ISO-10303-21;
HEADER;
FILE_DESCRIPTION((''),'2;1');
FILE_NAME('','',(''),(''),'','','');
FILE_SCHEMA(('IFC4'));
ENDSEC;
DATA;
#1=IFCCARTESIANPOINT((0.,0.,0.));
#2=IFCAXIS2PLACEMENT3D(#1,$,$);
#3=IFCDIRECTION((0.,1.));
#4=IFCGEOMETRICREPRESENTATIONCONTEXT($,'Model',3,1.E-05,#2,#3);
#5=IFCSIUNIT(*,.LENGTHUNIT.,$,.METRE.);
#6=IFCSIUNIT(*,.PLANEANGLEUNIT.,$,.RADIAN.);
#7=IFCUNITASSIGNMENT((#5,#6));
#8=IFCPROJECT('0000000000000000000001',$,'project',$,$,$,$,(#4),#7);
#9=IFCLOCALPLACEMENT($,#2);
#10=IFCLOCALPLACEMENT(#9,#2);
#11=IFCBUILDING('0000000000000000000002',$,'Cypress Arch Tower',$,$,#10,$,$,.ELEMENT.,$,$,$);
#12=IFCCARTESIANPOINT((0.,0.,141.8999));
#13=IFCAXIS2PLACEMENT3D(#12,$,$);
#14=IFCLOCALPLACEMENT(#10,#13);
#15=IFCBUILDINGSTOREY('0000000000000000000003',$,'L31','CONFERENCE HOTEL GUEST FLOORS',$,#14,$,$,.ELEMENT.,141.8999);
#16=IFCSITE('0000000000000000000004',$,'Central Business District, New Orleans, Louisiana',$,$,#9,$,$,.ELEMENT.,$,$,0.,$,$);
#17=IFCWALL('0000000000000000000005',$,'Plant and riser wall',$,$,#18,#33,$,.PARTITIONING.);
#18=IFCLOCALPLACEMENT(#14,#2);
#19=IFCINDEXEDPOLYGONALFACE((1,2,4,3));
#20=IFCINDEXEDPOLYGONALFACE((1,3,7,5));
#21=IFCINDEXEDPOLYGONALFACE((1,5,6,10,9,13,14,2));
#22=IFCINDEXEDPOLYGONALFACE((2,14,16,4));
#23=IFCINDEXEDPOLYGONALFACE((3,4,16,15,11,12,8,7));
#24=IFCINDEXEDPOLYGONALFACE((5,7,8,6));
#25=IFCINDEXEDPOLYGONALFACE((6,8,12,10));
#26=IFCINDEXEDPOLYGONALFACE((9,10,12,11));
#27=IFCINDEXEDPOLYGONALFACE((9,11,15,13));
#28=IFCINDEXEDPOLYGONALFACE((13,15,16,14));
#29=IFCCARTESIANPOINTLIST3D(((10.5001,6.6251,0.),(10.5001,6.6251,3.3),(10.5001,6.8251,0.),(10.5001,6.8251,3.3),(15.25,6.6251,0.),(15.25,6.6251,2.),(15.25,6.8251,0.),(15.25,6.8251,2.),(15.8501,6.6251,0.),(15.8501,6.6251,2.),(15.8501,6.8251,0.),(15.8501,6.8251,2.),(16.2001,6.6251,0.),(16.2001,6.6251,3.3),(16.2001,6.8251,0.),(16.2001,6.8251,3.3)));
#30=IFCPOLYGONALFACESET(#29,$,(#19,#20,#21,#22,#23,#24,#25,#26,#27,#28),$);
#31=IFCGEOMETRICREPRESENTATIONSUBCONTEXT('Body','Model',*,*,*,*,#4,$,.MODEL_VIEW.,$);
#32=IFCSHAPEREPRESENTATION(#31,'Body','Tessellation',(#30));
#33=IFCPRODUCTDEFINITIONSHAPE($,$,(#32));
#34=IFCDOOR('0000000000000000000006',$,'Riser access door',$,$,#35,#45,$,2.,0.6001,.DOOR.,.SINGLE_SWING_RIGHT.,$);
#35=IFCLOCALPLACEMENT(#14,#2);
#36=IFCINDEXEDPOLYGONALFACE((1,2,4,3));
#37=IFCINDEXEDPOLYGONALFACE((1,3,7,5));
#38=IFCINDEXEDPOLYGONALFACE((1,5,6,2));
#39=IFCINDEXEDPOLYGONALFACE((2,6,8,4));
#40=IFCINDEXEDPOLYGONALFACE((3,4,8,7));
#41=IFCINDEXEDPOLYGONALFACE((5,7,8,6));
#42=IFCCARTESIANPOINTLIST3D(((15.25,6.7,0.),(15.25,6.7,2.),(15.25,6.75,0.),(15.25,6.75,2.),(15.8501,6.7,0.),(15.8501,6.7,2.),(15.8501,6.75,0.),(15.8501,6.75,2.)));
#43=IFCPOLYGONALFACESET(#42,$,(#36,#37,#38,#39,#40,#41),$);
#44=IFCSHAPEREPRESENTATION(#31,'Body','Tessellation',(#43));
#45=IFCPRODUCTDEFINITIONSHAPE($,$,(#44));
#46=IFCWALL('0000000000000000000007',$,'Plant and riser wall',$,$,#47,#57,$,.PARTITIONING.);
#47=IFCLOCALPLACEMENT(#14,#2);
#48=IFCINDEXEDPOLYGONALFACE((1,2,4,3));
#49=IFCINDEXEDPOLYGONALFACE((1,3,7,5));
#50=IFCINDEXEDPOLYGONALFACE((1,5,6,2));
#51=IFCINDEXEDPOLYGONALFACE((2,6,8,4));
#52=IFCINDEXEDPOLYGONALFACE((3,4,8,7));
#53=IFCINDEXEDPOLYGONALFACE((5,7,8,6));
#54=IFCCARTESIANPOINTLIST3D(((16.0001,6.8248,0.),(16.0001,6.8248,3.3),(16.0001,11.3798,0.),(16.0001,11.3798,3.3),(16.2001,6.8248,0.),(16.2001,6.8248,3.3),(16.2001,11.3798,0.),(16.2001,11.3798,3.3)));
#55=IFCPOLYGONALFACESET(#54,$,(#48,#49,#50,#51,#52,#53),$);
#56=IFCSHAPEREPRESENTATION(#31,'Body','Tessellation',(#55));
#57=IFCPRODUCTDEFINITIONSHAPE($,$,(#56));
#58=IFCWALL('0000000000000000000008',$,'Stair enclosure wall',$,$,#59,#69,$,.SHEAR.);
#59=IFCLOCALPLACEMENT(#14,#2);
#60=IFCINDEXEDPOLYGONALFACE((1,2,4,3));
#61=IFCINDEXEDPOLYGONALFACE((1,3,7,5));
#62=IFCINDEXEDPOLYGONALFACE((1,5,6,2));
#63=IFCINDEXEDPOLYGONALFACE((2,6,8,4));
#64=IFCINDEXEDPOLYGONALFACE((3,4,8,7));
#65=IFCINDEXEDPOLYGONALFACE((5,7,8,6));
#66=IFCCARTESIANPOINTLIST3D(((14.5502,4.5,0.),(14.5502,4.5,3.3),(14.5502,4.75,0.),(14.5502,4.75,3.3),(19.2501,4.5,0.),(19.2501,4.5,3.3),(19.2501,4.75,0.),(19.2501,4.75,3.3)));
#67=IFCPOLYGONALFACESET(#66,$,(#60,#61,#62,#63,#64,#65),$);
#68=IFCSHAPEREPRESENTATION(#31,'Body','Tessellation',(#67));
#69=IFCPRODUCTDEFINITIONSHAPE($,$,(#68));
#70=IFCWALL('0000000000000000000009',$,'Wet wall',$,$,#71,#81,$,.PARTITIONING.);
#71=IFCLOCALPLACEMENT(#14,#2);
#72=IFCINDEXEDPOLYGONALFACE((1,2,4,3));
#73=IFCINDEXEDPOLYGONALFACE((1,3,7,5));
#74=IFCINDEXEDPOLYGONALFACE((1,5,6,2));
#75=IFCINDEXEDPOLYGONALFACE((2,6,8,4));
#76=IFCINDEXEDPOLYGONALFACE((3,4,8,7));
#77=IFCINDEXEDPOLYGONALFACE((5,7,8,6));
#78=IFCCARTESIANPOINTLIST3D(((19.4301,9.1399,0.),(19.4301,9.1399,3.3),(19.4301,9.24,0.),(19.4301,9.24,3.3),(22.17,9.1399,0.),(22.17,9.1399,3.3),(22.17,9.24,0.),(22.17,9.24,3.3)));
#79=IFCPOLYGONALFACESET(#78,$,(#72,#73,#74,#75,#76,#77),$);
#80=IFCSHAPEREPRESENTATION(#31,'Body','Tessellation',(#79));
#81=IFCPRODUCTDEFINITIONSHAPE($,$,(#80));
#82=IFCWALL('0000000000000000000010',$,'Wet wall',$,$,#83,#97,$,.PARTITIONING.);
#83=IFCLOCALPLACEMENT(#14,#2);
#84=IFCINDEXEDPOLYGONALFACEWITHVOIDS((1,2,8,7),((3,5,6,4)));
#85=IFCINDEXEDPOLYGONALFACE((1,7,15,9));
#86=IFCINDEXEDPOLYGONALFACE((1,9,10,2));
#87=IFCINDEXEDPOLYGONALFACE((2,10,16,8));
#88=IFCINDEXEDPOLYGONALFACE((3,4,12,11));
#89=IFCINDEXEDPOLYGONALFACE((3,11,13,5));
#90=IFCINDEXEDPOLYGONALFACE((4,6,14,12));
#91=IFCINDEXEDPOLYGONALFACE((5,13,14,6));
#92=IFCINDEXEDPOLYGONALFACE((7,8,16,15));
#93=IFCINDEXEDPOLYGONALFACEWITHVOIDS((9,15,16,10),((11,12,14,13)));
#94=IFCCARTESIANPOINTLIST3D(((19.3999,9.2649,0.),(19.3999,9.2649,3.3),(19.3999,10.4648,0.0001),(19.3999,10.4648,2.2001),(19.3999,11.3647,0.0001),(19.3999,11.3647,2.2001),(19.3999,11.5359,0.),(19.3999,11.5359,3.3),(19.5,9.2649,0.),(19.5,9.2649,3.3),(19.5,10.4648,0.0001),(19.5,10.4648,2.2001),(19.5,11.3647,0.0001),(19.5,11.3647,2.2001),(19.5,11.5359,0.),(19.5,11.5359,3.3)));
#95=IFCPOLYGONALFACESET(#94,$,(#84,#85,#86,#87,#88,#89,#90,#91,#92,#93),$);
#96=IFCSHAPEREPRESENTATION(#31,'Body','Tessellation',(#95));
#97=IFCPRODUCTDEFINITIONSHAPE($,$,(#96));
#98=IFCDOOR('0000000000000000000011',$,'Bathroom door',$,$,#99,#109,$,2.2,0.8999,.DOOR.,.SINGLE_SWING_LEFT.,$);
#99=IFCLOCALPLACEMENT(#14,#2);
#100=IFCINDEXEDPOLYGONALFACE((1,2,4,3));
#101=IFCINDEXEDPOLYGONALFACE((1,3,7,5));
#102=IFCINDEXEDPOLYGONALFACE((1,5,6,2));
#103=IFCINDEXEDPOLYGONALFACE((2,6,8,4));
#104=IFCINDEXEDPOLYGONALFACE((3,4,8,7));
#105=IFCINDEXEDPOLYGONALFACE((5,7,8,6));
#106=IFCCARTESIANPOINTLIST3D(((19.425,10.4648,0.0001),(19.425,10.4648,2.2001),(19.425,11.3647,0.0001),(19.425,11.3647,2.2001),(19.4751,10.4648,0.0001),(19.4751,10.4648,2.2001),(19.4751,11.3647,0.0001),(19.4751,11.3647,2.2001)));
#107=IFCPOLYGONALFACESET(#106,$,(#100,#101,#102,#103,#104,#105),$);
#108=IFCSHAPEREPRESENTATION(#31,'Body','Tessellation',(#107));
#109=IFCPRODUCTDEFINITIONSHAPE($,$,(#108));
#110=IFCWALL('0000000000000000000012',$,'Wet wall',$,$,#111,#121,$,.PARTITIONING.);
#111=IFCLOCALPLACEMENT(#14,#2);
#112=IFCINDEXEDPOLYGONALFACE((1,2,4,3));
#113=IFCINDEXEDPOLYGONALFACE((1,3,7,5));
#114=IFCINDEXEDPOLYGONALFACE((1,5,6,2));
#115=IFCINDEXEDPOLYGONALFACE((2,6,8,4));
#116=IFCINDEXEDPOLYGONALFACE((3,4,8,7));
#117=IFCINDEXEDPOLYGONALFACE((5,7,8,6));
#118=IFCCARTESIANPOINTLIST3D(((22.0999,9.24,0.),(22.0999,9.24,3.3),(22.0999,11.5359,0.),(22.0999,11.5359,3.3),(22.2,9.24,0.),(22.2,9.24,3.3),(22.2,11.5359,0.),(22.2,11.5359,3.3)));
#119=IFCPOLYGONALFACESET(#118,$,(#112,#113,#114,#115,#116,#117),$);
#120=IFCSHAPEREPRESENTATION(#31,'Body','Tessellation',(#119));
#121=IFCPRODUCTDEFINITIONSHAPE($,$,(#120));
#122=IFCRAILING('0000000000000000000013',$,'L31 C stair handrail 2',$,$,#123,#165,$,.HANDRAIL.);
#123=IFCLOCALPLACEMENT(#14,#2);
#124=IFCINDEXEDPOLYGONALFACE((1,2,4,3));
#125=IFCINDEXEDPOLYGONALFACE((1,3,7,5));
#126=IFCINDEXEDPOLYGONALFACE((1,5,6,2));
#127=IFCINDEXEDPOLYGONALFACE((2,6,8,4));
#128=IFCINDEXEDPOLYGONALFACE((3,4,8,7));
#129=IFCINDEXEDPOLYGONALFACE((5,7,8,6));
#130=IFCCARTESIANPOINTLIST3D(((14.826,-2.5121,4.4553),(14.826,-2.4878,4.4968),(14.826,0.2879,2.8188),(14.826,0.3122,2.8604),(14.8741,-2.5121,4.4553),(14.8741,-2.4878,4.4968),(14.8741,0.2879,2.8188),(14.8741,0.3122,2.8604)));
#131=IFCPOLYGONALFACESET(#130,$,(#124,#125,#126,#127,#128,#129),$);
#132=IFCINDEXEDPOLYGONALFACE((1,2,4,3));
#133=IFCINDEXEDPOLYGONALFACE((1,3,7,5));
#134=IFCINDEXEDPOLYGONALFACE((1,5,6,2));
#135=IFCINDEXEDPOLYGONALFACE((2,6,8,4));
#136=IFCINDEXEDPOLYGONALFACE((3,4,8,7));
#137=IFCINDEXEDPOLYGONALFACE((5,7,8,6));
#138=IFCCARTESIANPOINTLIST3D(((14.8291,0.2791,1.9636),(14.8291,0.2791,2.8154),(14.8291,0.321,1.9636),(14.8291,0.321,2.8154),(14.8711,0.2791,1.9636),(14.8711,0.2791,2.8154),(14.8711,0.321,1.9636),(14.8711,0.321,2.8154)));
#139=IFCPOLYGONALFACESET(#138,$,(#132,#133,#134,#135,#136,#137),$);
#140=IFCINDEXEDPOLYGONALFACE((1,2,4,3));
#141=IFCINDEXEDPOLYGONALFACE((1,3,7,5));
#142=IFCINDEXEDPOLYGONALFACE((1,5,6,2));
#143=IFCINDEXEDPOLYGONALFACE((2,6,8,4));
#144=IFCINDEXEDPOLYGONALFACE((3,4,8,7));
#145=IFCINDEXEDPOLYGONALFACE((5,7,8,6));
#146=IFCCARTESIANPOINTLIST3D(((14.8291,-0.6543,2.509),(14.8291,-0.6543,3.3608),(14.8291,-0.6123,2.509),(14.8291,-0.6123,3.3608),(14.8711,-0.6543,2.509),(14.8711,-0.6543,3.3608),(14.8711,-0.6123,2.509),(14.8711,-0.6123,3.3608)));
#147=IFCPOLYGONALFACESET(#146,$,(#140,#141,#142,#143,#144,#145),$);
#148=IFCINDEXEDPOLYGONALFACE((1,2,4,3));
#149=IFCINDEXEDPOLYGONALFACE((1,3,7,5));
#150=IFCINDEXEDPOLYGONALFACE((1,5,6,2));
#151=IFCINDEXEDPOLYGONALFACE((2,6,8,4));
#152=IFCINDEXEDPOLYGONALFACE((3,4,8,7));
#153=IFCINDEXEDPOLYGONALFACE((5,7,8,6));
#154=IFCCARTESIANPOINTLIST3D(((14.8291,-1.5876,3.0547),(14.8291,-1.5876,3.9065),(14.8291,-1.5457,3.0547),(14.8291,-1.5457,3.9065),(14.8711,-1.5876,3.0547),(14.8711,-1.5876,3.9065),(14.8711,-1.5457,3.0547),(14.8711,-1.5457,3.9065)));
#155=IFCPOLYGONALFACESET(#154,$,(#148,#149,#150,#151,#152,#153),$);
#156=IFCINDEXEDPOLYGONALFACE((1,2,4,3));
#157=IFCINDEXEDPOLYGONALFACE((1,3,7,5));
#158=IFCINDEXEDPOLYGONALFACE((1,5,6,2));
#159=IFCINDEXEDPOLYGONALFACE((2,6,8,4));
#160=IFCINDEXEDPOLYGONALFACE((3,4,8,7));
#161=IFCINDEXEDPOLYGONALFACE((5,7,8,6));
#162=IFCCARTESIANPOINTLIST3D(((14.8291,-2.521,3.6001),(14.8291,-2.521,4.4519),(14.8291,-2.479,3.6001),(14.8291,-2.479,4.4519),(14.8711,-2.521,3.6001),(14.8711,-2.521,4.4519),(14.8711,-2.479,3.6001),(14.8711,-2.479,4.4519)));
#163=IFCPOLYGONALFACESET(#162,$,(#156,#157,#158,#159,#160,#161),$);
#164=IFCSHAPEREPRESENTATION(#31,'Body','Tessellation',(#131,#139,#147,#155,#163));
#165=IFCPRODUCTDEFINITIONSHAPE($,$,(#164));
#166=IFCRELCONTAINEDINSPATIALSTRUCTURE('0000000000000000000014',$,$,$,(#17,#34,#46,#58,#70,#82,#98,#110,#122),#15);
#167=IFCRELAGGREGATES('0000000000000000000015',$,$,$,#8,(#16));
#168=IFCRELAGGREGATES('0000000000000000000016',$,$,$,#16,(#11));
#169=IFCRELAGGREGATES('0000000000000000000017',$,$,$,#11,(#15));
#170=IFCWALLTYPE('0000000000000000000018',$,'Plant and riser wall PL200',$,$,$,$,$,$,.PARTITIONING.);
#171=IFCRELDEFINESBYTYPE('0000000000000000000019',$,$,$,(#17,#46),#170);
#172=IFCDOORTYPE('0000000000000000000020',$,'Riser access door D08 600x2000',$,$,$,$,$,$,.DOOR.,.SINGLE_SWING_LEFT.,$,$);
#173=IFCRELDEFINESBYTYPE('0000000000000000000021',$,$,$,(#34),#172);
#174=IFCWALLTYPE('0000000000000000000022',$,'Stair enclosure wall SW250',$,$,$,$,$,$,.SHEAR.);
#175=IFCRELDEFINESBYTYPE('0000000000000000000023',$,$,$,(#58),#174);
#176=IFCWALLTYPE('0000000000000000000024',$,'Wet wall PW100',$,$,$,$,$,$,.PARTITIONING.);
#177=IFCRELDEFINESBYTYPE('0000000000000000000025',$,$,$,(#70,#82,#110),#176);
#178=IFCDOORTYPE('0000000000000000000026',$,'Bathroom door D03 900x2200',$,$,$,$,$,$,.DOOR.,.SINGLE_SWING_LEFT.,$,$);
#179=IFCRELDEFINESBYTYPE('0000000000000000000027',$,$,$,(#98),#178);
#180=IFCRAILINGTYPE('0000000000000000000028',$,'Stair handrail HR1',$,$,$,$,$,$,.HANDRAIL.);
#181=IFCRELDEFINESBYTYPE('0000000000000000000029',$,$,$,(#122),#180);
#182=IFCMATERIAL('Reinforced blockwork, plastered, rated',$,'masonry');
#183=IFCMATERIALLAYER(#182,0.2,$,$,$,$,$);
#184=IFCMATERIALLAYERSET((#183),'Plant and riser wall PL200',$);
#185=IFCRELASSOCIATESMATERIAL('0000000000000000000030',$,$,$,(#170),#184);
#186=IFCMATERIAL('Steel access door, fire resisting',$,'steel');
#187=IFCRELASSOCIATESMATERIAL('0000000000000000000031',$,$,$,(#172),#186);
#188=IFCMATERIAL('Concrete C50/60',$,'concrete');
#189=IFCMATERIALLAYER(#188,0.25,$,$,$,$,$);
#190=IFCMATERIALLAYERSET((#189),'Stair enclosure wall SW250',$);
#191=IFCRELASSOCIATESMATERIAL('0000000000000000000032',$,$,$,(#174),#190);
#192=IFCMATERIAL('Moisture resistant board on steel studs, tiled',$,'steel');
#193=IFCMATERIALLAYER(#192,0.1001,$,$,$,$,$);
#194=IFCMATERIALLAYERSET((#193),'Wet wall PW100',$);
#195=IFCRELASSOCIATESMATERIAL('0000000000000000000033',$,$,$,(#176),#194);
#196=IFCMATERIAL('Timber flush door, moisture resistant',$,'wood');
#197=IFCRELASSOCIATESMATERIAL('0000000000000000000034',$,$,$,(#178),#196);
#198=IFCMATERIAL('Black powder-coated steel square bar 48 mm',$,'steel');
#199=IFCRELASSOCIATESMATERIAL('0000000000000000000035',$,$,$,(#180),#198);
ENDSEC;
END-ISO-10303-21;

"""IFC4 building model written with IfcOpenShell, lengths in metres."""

from ifc_helpers import new_model, si_unit, direction, frame, frame_2d, origin, origin_2d, place, context, subcontext, project, spatial, rectangle, extrude, material, layer, layer_set, type_object, element, fill, save


model = new_model("IFC4")

# Units and contexts
model_context = context("Model", 3, precision=1e-05, world=origin(), true_north=direction((0.0, 1.0)))
body_context = subcontext(model_context, "Body", "Model", "MODEL_VIEW")
ifc_project = project(units=[si_unit("LENGTHUNIT", "METRE"), si_unit("PLANEANGLEUNIT", "RADIAN")], contexts=[model_context])

# Site, building, storey
site_placement = place(None, origin())
site = spatial("IfcSite", under=ifc_project, at=site_placement, Name="Central Business District, New Orleans, Louisiana", CompositionType="ELEMENT", RefElevation=0.0)
building_placement = place(site_placement, origin())
building = spatial("IfcBuilding", under=site, at=building_placement, Name="Cypress Arch Tower", CompositionType="ELEMENT")
storey_placement = place(building_placement, frame((0.0, 0.0, 141.8999)))
storey = spatial("IfcBuildingStorey", under=building, at=storey_placement, Name="L31", Description="CONFERENCE HOTEL GUEST FLOORS", CompositionType="ELEMENT", Elevation=141.8999)

# Shared definitions
ifc_material_1 = material(Name="Reinforced blockwork, plastered, rated", Category="masonry")
ifc_layer_1 = layer(ifc_material_1, 0.2)
ifc_layer_set_1 = layer_set([ifc_layer_1], Name="Plant and riser wall PL200")
wall_type_1 = type_object("IfcWallType", Name="Plant and riser wall PL200", PredefinedType="PARTITIONING", material=ifc_layer_set_1)

# Wall, opening, door
wall_1_placement = place(storey_placement, frame((10.5, 6.7251, 0.0), z_axis=(0.0, 0.0, 1.0), x_axis=(1.0, 0.0, 0.0)))
wall_1 = element("IfcWall", 1, at=wall_1_placement, inside=storey, type_object=wall_type_1, Name="Plant and riser wall", PredefinedType="PARTITIONING", context=body_context, shape_type="SweptSolid", body=[
    extrude(rectangle(XDim=5.7, YDim=0.2, at=frame_2d((2.8501, 0.0))), origin(), (0.0, 0.0, 1.0), 3.3),
])
opening_1_placement = place(wall_1_placement, frame((4.75, 0.0, 0.0)))
opening_1 = element("IfcOpeningElement", 2, at=opening_1_placement, cuts=wall_1, PredefinedType="OPENING", context=body_context, shape_type="SweptSolid", body=[
    extrude(rectangle(XDim=0.6001, YDim=2.0, at=frame_2d((0.3, 1.0))), frame((0.0, 0.1099, 0.0), z_axis=(0.0, -1.0, 0.0), x_axis=(1.0, 0.0, 0.0)), (0.0, 0.0, 1.0), 0.22),
])
ifc_material_2 = material(Name="Steel access door, fire resisting", Category="steel")
door_type_1 = type_object("IfcDoorType", Name="Riser access door D08 600x2000", OperationType="SINGLE_SWING_LEFT", PredefinedType="DOOR", material=ifc_material_2)
door_1_placement = place(opening_1_placement, origin())
door_1 = element("IfcDoor", 3, at=door_1_placement, inside=storey, type_object=door_type_1, Name="Riser access door", OperationType="SINGLE_SWING_RIGHT", OverallHeight=2.0, OverallWidth=0.6001, PredefinedType="DOOR", context=body_context, shape_type="SweptSolid", body=[
    extrude(rectangle(XDim=0.6001, YDim=2.0, at=frame_2d((0.3, 1.0))), frame((0.0, 0.0249, 0.0), z_axis=(0.0, -1.0, 0.0), x_axis=(1.0, 0.0, 0.0)), (0.0, 0.0, 1.0), 0.05),
])
fill(opening_1, door_1)

# Walls
wall_2_placement = place(storey_placement, frame((16.1001, 6.825, 0.0), z_axis=(0.0, 0.0, 1.0), x_axis=(0.0, 1.0, 0.0)))
element("IfcWall", 4, at=wall_2_placement, inside=storey, type_object=wall_type_1, Name="Plant and riser wall", PredefinedType="PARTITIONING", context=body_context, shape_type="SweptSolid", body=[
    extrude(rectangle(XDim=4.5549, YDim=0.2, at=frame_2d((2.2773, 0.0))), origin(), (0.0, 0.0, 1.0), 3.3),
])
ifc_material_3 = material(Name="Concrete C50/60", Category="concrete")
ifc_layer_2 = layer(ifc_material_3, 0.25)
ifc_layer_set_2 = layer_set([ifc_layer_2], Name="Stair enclosure wall SW250")
wall_type_2 = type_object("IfcWallType", Name="Stair enclosure wall SW250", PredefinedType="SHEAR", material=ifc_layer_set_2)
wall_3_placement = place(storey_placement, frame((14.55, 4.625, 0.0), z_axis=(0.0, 0.0, 1.0), x_axis=(1.0, 0.0, 0.0)))
element("IfcWall", 5, at=wall_3_placement, inside=storey, type_object=wall_type_2, Name="Stair enclosure wall", PredefinedType="SHEAR", context=body_context, shape_type="SweptSolid", body=[
    extrude(rectangle(XDim=4.7, YDim=0.25, at=frame_2d((2.3501, 0.0))), origin(), (0.0, 0.0, 1.0), 3.3),
])
ifc_material_4 = material(Name="Moisture resistant board on steel studs, tiled", Category="steel")
ifc_layer_3 = layer(ifc_material_4, 0.1001)
ifc_layer_set_3 = layer_set([ifc_layer_3], Name="Wet wall PW100")
wall_type_3 = type_object("IfcWallType", Name="Wet wall PW100", PredefinedType="PARTITIONING", material=ifc_layer_set_3)
wall_4_placement = place(storey_placement, frame((19.4299, 9.1899, 0.0), z_axis=(0.0, 0.0, 1.0), x_axis=(1.0, 0.0, 0.0)))
element("IfcWall", 6, at=wall_4_placement, inside=storey, type_object=wall_type_3, Name="Wet wall", PredefinedType="PARTITIONING", context=body_context, shape_type="SweptSolid", body=[
    extrude(rectangle(XDim=2.74, YDim=0.1001, at=frame_2d((1.3701, 0.0))), origin(), (0.0, 0.0, 1.0), 3.3),
])

# Wall, opening, door
wall_5_placement = place(storey_placement, frame((19.45, 9.2649, 0.0), z_axis=(0.0, 0.0, 1.0), x_axis=(0.0, 1.0, 0.0)))
wall_5 = element("IfcWall", 7, at=wall_5_placement, inside=storey, type_object=wall_type_3, Name="Wet wall", PredefinedType="PARTITIONING", context=body_context, shape_type="SweptSolid", body=[
    extrude(rectangle(XDim=2.271, YDim=0.1001, at=frame_2d((1.1355, 0.0))), origin(), (0.0, 0.0, 1.0), 3.3),
])
opening_2_placement = place(wall_5_placement, frame((1.2, 0.0, 0.0)))
opening_2 = element("IfcOpeningElement", 8, at=opening_2_placement, cuts=wall_5, PredefinedType="OPENING", context=body_context, shape_type="SweptSolid", body=[
    extrude(rectangle(XDim=0.8999, YDim=2.2, at=frame_2d((0.45, 1.1001))), frame((0.0, 0.0601, 0.0), z_axis=(0.0, -1.0, 0.0), x_axis=(1.0, 0.0, 0.0)), (0.0, 0.0, 1.0), 0.1201),
])
ifc_material_5 = material(Name="Timber flush door, moisture resistant", Category="wood")
door_type_2 = type_object("IfcDoorType", Name="Bathroom door D03 900x2200", OperationType="SINGLE_SWING_LEFT", PredefinedType="DOOR", material=ifc_material_5)
door_2_placement = place(opening_2_placement, origin())
door_2 = element("IfcDoor", 9, at=door_2_placement, inside=storey, type_object=door_type_2, Name="Bathroom door", OperationType="SINGLE_SWING_LEFT", OverallHeight=2.2, OverallWidth=0.8999, PredefinedType="DOOR", context=body_context, shape_type="SweptSolid", body=[
    extrude(rectangle(XDim=0.8999, YDim=2.2, at=frame_2d((0.45, 1.1001))), frame((0.0, 0.0249, 0.0), z_axis=(0.0, -1.0, 0.0), x_axis=(1.0, 0.0, 0.0)), (0.0, 0.0, 1.0), 0.05),
])
fill(opening_2, door_2)

# Wall
wall_6_placement = place(storey_placement, frame((22.1499, 9.24, 0.0), z_axis=(0.0, 0.0, 1.0), x_axis=(0.0, 1.0, 0.0)))
element("IfcWall", 10, at=wall_6_placement, inside=storey, type_object=wall_type_3, Name="Wet wall", PredefinedType="PARTITIONING", context=body_context, shape_type="SweptSolid", body=[
    extrude(rectangle(XDim=2.2959, YDim=0.1001, at=frame_2d((1.1479, 0.0))), origin(), (0.0, 0.0, 1.0), 3.3),
])

# Railing
ifc_material_6 = material(Name="Black powder-coated steel square bar 48 mm", Category="steel")
railing_type_1 = type_object("IfcRailingType", Name="Stair handrail HR1", PredefinedType="HANDRAIL", material=ifc_material_6)
railing_1_placement = place(storey_placement, frame((14.8501, 0.3, 1.9636)))
element("IfcRailing", 11, at=railing_1_placement, inside=storey, type_object=railing_type_1, Name="L31 C stair handrail 2", PredefinedType="HANDRAIL", context=body_context, shape_type="SweptSolid", body=[
    extrude(rectangle(XDim=0.0481, YDim=0.0481, at=origin_2d()), frame((0.0, 0.0, 0.876), z_axis=(0.0, -0.863361, 0.504587), x_axis=(1.0, 0.0, 0.0)), (0.0, 0.0, 1.0), 3.2432),
    extrude(rectangle(XDim=0.042, YDim=0.042, at=origin_2d()), origin(), (0.0, 0.0, 1.0), 0.8518),
    extrude(rectangle(XDim=0.042, YDim=0.042, at=origin_2d()), frame((0.0, -0.9333, 0.5454)), (0.0, 0.0, 1.0), 0.8518),
    extrude(rectangle(XDim=0.042, YDim=0.042, at=origin_2d()), frame((0.0, -1.8667, 1.0911)), (0.0, 0.0, 1.0), 0.8518),
    extrude(rectangle(XDim=0.042, YDim=0.042, at=origin_2d()), frame((0.0, -2.8, 1.6365)), (0.0, 0.0, 1.0), 0.8518),
])

save(model, "model.ifc")
